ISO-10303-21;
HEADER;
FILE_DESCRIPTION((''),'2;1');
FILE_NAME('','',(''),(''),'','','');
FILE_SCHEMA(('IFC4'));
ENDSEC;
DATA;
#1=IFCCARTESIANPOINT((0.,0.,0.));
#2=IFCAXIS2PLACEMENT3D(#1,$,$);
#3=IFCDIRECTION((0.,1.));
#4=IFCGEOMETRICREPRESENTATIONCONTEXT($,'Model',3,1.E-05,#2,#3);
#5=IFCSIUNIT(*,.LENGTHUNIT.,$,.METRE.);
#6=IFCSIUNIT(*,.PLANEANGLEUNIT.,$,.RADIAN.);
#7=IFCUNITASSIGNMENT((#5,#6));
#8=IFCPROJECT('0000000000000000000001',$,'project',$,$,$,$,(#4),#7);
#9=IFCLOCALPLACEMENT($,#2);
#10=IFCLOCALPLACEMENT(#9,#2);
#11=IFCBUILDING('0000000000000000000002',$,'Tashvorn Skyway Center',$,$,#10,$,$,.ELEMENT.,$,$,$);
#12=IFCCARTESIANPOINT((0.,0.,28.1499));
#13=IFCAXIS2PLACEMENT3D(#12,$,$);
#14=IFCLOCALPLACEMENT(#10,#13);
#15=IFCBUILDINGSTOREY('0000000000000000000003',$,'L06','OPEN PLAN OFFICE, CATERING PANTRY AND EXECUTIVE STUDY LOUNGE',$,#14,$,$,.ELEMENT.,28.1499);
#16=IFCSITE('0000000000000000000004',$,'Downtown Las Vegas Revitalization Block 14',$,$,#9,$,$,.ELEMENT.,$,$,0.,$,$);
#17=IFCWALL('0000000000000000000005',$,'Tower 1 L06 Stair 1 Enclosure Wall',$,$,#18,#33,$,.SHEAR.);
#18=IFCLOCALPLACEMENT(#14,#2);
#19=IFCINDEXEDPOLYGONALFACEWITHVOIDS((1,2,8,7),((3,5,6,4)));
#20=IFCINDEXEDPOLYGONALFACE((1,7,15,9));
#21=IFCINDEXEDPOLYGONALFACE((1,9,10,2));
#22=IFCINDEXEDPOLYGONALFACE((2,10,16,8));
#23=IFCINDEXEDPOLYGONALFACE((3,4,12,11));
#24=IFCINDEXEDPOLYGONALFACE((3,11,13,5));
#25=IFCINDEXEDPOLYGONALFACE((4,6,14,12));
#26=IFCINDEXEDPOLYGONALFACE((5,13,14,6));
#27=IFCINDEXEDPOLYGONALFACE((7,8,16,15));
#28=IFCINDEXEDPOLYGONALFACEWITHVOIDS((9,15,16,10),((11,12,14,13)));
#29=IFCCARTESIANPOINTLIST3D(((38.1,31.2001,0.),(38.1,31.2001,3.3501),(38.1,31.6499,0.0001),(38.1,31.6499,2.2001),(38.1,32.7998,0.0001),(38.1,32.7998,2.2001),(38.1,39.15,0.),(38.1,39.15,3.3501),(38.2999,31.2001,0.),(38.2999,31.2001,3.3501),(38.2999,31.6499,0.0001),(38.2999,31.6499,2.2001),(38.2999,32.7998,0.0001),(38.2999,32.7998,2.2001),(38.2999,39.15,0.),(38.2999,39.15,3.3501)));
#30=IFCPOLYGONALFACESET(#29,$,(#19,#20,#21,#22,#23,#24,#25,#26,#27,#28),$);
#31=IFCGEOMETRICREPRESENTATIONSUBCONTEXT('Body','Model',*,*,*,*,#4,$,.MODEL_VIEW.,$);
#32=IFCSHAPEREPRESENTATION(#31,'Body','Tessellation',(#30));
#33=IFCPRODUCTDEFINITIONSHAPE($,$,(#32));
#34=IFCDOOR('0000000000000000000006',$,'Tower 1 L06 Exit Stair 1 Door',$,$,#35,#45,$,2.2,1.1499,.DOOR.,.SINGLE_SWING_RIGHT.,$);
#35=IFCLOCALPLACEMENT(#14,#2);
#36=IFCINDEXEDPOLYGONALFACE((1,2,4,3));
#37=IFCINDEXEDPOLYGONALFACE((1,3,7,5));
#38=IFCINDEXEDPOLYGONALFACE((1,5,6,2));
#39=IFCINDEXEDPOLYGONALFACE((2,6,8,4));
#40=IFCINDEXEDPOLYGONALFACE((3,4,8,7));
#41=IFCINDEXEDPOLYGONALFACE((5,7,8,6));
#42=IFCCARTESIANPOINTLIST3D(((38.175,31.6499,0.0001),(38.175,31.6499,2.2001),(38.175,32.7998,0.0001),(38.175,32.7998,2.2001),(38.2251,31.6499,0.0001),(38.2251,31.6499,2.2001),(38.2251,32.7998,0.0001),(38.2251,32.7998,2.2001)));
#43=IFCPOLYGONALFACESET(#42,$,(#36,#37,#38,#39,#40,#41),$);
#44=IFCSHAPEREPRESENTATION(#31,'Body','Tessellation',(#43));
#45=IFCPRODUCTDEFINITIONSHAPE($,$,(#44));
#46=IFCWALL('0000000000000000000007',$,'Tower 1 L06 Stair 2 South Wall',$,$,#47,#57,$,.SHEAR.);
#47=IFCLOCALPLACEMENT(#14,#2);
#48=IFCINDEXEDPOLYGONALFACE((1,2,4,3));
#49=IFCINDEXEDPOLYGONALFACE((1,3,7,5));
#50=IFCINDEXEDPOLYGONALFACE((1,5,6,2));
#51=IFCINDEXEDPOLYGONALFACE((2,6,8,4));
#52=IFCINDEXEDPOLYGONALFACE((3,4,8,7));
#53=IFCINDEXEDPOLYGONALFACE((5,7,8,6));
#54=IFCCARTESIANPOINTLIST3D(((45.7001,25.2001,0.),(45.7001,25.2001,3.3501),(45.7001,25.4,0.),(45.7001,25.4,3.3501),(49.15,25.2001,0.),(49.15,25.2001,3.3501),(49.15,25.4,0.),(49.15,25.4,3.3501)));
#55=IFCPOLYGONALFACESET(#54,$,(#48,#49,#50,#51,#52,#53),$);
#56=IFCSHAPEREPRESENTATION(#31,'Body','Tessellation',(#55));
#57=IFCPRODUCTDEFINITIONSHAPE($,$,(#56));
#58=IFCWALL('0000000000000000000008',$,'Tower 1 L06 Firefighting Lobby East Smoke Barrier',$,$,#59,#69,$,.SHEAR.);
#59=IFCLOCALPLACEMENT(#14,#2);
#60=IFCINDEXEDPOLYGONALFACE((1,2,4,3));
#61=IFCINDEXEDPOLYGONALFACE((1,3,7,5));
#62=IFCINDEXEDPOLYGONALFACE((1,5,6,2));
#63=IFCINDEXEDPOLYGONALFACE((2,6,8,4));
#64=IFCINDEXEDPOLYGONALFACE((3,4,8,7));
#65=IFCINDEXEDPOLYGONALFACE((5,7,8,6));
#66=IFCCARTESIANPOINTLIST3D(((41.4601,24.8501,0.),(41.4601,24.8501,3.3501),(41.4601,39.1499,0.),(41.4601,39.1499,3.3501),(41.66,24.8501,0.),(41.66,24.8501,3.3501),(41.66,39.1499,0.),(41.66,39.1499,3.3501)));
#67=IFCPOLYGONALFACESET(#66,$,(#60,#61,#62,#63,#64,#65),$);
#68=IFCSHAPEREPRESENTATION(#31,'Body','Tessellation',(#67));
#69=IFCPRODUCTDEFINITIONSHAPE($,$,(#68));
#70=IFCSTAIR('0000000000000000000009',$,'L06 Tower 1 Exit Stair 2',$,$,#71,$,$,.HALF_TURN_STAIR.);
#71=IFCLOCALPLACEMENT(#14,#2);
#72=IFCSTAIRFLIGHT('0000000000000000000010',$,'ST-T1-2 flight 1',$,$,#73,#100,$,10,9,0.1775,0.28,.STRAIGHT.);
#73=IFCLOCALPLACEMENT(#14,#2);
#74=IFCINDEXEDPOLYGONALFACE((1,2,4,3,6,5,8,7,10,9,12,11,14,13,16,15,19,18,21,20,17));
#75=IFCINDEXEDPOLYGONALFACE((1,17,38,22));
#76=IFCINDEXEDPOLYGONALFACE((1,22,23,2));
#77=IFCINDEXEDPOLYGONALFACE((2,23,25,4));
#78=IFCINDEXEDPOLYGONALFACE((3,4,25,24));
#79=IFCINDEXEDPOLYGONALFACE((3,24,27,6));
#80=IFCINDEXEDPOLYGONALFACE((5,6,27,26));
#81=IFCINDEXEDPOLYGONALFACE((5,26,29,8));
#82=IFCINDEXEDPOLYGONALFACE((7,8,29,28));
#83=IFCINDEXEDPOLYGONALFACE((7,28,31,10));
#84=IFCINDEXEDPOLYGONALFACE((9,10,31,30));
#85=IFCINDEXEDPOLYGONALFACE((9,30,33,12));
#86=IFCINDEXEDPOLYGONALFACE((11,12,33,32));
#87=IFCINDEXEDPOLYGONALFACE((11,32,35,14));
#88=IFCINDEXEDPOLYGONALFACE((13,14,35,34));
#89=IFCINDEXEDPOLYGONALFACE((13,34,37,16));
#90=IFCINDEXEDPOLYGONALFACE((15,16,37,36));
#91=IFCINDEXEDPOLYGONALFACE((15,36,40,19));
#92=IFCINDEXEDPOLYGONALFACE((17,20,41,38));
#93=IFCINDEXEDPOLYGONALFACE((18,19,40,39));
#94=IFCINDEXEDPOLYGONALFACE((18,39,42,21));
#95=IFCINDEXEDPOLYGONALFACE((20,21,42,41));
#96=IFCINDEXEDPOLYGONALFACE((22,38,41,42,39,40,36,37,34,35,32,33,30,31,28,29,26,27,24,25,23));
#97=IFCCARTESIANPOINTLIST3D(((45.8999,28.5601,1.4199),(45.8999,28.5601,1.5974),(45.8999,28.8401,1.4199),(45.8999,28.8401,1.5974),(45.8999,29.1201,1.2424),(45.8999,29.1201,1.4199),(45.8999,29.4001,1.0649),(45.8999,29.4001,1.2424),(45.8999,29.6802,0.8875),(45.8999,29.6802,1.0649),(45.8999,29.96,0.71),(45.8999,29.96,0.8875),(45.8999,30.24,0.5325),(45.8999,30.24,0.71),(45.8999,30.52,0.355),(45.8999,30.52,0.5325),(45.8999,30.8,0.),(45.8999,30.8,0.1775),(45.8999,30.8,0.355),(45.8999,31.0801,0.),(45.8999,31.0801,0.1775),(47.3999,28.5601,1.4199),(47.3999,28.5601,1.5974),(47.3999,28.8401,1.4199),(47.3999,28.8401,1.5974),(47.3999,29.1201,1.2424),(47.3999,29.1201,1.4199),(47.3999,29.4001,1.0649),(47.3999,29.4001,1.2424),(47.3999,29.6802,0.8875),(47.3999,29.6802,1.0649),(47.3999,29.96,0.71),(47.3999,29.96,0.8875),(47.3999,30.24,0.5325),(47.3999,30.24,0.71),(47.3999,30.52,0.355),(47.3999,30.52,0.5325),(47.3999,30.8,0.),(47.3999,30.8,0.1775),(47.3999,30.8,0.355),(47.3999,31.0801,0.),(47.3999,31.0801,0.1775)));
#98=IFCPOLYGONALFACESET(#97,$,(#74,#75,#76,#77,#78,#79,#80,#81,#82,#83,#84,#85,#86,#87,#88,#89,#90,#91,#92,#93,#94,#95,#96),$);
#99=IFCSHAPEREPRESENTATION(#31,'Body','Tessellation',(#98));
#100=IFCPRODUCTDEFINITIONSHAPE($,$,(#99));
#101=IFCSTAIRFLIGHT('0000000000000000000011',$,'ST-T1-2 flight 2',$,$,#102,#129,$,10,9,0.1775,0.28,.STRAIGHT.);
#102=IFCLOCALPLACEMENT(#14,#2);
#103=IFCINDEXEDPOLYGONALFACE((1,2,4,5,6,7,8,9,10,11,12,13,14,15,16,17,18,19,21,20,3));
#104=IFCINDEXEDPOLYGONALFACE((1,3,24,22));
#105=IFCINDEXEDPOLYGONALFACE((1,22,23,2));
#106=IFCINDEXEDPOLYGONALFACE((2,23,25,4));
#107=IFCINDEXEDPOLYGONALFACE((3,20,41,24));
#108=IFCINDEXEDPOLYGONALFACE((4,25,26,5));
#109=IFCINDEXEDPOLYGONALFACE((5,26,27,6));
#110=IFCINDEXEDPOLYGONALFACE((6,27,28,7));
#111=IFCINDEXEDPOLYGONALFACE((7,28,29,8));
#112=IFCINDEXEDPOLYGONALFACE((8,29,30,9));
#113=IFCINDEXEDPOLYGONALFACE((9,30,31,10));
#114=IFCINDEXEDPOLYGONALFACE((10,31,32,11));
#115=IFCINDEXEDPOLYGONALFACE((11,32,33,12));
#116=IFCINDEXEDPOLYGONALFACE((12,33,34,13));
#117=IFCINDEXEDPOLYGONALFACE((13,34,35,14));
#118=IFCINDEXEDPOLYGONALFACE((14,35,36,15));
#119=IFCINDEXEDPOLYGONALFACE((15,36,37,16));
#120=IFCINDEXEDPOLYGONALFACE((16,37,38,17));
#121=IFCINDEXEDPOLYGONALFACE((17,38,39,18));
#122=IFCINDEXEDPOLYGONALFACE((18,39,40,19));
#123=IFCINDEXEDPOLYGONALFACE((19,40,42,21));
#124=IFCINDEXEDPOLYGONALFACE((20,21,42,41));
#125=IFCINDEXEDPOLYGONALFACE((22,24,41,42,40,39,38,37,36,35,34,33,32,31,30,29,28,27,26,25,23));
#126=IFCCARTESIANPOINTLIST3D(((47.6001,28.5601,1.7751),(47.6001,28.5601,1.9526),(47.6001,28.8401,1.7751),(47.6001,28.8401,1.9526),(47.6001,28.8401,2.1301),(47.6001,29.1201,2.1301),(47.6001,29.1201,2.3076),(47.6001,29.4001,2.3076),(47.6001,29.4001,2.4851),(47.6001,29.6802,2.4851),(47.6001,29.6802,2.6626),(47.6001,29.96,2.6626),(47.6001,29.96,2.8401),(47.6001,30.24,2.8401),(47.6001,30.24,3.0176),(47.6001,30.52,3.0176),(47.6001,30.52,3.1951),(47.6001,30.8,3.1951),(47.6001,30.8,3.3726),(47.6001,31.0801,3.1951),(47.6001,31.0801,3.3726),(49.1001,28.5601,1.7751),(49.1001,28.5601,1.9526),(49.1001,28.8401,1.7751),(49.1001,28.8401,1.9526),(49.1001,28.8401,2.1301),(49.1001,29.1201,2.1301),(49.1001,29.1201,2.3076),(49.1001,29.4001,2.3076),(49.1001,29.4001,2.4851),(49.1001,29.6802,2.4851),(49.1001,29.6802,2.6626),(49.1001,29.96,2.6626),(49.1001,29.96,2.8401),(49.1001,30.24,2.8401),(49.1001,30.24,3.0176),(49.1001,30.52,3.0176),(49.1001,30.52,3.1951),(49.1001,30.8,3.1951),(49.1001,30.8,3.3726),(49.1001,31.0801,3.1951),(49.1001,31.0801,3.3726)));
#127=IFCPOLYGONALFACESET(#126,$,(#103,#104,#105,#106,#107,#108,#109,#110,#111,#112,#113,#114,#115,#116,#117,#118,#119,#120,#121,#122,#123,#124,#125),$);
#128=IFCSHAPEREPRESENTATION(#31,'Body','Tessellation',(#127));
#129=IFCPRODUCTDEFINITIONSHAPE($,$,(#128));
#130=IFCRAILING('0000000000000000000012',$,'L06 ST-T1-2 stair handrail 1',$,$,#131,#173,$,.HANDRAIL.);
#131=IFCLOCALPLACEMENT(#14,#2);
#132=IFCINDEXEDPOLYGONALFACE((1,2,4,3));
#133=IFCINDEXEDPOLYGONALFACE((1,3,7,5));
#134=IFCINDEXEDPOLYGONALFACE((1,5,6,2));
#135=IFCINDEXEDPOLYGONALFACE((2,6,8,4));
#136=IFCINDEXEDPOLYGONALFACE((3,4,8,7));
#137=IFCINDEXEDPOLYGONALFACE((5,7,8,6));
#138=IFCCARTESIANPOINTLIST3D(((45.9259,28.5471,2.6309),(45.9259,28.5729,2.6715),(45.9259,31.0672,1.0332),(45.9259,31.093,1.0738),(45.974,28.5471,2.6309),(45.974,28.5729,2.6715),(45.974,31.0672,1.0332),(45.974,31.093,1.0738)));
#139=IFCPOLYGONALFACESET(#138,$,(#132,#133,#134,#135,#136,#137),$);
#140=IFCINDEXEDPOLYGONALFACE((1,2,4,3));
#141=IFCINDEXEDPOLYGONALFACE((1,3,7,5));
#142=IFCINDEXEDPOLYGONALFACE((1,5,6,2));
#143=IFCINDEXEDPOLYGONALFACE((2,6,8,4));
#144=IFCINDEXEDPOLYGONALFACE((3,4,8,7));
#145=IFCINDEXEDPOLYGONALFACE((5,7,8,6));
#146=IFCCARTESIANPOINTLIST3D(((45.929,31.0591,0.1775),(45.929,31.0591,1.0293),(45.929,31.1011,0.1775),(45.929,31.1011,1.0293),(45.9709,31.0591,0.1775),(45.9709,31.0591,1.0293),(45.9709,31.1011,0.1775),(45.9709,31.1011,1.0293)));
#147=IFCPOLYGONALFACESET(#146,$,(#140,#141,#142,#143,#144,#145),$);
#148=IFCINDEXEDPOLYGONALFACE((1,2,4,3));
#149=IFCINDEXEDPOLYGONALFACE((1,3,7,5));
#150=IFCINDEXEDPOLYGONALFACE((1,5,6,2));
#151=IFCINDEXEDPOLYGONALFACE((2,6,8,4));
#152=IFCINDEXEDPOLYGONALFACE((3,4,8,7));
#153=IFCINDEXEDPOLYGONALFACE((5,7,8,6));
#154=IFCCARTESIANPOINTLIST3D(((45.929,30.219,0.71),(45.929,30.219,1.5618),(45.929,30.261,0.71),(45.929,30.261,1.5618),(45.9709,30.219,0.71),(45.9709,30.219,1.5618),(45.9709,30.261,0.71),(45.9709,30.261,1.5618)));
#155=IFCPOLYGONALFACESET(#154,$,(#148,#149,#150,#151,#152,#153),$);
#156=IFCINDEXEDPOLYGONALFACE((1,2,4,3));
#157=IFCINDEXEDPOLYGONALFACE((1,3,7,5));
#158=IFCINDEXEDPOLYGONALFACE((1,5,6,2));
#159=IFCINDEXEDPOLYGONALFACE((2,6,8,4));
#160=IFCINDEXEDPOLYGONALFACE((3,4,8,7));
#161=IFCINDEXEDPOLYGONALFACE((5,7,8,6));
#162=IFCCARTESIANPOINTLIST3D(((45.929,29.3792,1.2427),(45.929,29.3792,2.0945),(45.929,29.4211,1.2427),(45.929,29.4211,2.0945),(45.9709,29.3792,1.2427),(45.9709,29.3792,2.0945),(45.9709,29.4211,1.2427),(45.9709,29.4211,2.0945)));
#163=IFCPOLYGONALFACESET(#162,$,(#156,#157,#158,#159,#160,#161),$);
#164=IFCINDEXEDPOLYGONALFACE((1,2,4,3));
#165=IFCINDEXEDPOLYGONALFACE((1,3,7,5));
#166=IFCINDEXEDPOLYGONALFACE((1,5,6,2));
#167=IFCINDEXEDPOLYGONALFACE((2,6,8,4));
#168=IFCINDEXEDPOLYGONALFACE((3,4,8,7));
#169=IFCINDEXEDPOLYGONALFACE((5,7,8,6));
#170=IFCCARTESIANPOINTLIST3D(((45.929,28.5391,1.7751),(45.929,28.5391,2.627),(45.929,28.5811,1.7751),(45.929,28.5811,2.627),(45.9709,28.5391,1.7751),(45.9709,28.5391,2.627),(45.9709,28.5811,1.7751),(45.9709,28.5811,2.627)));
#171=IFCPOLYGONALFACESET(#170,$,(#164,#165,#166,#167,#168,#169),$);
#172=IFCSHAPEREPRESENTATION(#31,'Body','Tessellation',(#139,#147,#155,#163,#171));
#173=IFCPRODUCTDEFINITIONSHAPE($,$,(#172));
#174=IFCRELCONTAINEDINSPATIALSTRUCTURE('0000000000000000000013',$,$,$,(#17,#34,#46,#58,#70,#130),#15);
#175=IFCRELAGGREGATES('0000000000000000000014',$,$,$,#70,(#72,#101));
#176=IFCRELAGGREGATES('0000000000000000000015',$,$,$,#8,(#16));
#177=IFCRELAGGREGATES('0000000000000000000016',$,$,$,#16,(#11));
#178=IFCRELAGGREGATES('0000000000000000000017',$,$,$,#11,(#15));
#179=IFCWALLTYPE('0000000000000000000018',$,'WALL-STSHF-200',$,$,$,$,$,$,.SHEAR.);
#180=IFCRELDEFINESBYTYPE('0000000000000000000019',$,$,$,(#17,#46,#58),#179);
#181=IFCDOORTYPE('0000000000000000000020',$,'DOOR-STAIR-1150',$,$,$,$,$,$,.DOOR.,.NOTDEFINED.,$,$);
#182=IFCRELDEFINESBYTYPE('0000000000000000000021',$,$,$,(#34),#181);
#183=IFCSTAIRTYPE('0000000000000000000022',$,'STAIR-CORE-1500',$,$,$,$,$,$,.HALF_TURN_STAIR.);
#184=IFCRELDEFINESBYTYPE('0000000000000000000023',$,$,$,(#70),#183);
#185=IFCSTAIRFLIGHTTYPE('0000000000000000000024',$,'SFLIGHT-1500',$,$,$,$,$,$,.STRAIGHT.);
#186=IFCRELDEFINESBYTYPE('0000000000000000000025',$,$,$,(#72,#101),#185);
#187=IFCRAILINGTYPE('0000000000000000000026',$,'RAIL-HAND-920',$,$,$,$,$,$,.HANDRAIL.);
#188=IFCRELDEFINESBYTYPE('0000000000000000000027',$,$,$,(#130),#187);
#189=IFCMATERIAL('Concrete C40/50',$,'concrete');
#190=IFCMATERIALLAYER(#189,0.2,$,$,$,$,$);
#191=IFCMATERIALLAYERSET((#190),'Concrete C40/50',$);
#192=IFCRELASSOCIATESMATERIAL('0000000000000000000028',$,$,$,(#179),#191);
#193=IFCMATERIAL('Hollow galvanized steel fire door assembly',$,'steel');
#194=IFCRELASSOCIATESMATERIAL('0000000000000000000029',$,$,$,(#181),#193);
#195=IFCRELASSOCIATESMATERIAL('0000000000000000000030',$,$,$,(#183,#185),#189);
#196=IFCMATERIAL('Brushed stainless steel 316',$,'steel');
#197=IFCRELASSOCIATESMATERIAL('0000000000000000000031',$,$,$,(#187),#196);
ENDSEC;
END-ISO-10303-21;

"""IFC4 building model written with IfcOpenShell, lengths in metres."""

from ifc_helpers import new_model, si_unit, direction, frame, frame_2d, origin, origin_2d, place, context, subcontext, project, spatial, polyline, rectangle, outline, extrude, material, layer, layer_set, type_object, element, fill, aggregate, save


model = new_model("IFC4")

# Units and contexts
model_context = context("Model", 3, precision=1e-05, world=origin(), true_north=direction((0.0, 1.0)))
body_context = subcontext(model_context, "Body", "Model", "MODEL_VIEW")
ifc_project = project(units=[si_unit("LENGTHUNIT", "METRE"), si_unit("PLANEANGLEUNIT", "RADIAN")], contexts=[model_context])

# Site, building, storey
site_placement = place(None, origin())
site = spatial("IfcSite", under=ifc_project, at=site_placement, Name="Downtown Las Vegas Revitalization Block 14", CompositionType="ELEMENT", RefElevation=0.0)
building_placement = place(site_placement, origin())
building = spatial("IfcBuilding", under=site, at=building_placement, Name="Tashvorn Skyway Center", CompositionType="ELEMENT")
storey_placement = place(building_placement, frame((0.0, 0.0, 28.1499)))
storey = spatial("IfcBuildingStorey", under=building, at=storey_placement, Name="L06", Description="OPEN PLAN OFFICE, CATERING PANTRY AND EXECUTIVE STUDY LOUNGE", CompositionType="ELEMENT", Elevation=28.1499)

# Shared definitions
ifc_material_1 = material(Name="Concrete C40/50", Category="concrete")
ifc_material_2 = material(Name="Hollow galvanized steel fire door assembly", Category="steel")

# Wall, opening, door
ifc_layer_1 = layer(ifc_material_1, 0.2)
ifc_layer_set_1 = layer_set([ifc_layer_1], Name="Concrete C40/50")
wall_type_1 = type_object("IfcWallType", Name="WALL-STSHF-200", PredefinedType="SHEAR", material=ifc_layer_set_1)
wall_1_placement = place(storey_placement, frame((38.2, 31.2, 0.0), z_axis=(0.0, 0.0, 1.0), x_axis=(0.0, 1.0, 0.0)))
wall_1 = element("IfcWall", 1, at=wall_1_placement, inside=storey, type_object=wall_type_1, Name="Tower 1 L06 Stair 1 Enclosure Wall", PredefinedType="SHEAR", context=body_context, shape_type="SweptSolid", body=[
    extrude(rectangle(XDim=7.95, YDim=0.2, at=frame_2d((3.9751, 0.0))), origin(), (0.0, 0.0, 1.0), 3.3501),
])
opening_1_placement = place(wall_1_placement, frame((0.45, 0.0, 0.0)))
opening_1 = element("IfcOpeningElement", 2, at=opening_1_placement, cuts=wall_1, PredefinedType="OPENING", context=body_context, shape_type="SweptSolid", body=[
    extrude(rectangle(XDim=1.1499, YDim=2.2, at=frame_2d((0.575, 1.1001))), frame((0.0, 0.1099, 0.0), z_axis=(0.0, -1.0, 0.0), x_axis=(1.0, 0.0, 0.0)), (0.0, 0.0, 1.0), 0.22),
])
door_type_1 = type_object("IfcDoorType", Name="DOOR-STAIR-1150", OperationType="NOTDEFINED", PredefinedType="DOOR", material=ifc_material_2)
door_1_placement = place(opening_1_placement, origin())
door_1 = element("IfcDoor", 3, at=door_1_placement, inside=storey, type_object=door_type_1, Name="Tower 1 L06 Exit Stair 1 Door", OperationType="SINGLE_SWING_RIGHT", OverallHeight=2.2, OverallWidth=1.1499, PredefinedType="DOOR", context=body_context, shape_type="SweptSolid", body=[
    extrude(rectangle(XDim=1.1499, YDim=2.2, at=frame_2d((0.575, 1.1001))), frame((0.0, 0.0249, 0.0), z_axis=(0.0, -1.0, 0.0), x_axis=(1.0, 0.0, 0.0)), (0.0, 0.0, 1.0), 0.05),
])
fill(opening_1, door_1)

# Walls
wall_2_placement = place(storey_placement, frame((45.7, 25.3, 0.0), z_axis=(0.0, 0.0, 1.0), x_axis=(1.0, 0.0, 0.0)))
element("IfcWall", 4, at=wall_2_placement, inside=storey, type_object=wall_type_1, Name="Tower 1 L06 Stair 2 South Wall", PredefinedType="SHEAR", context=body_context, shape_type="SweptSolid", body=[
    extrude(rectangle(XDim=3.45, YDim=0.2, at=frame_2d((1.7251, 0.0))), origin(), (0.0, 0.0, 1.0), 3.3501),
])
wall_3_placement = place(storey_placement, frame((41.5601, 24.8501, 0.0), z_axis=(0.0, 0.0, 1.0), x_axis=(0.0, 1.0, 0.0)))
element("IfcWall", 5, at=wall_3_placement, inside=storey, type_object=wall_type_1, Name="Tower 1 L06 Firefighting Lobby East Smoke Barrier", PredefinedType="SHEAR", context=body_context, shape_type="SweptSolid", body=[
    extrude(rectangle(XDim=14.2998, YDim=0.2, at=frame_2d((7.1499, 0.0))), origin(), (0.0, 0.0, 1.0), 3.3501),
])

# Stair, stair flights
stair_type = type_object("IfcStairType", Name="STAIR-CORE-1500", PredefinedType="HALF_TURN_STAIR", material=ifc_material_1)
stair_placement = place(storey_placement, origin())
stair = element("IfcStair", 6, at=stair_placement, inside=storey, type_object=stair_type, Name="L06 Tower 1 Exit Stair 2", PredefinedType="HALF_TURN_STAIR")
stair_flight_type = type_object("IfcStairFlightType", Name="SFLIGHT-1500", PredefinedType="STRAIGHT", material=ifc_material_1)
stair_flight_1_placement = place(storey_placement, frame((46.6499, 31.0801, 0.0), z_axis=(0.0, 0.0, 1.0), x_axis=(0.0, -1.0, 0.0)))
stair_flight_1 = element("IfcStairFlight", 7, at=stair_flight_1_placement, type_object=stair_flight_type, Name="ST-T1-2 flight 1", NumberOfRisers=10, NumberOfTreads=9, PredefinedType="STRAIGHT", RiserHeight=0.1775, TreadLength=0.28, context=body_context, shape_type="SweptSolid", body=[
    extrude(outline(polyline([(0.0, 0.0), (0.0, 0.1775), (0.28, 0.1775), (0.28, 0.355), (0.5601, 0.355), (0.5601, 0.5325), (0.8401, 0.5325), (0.8401, 0.71), (1.1201, 0.71), (1.1201, 0.8875), (1.3999, 0.8875), (1.3999, 1.0649), (1.6799, 1.0649), (1.6799, 1.2424), (1.96, 1.2424), (1.96, 1.4199), (2.24, 1.4199), (2.24, 1.5974), (2.52, 1.5974), (2.52, 1.7749), (2.52, 1.4199), (0.28, 0.0), (0.0, 0.0)])), frame((0.0, 0.75, 0.0), z_axis=(0.0, -1.0, 0.0), x_axis=(1.0, 0.0, 0.0)), (0.0, 0.0, 1.0), 1.5),
])
stair_flight_2_placement = place(storey_placement, frame((48.3501, 28.5601, 1.7751), z_axis=(0.0, 0.0, 1.0), x_axis=(0.0, 1.0, 0.0)))
stair_flight_2 = element("IfcStairFlight", 8, at=stair_flight_2_placement, type_object=stair_flight_type, Name="ST-T1-2 flight 2", NumberOfRisers=10, NumberOfTreads=9, PredefinedType="STRAIGHT", RiserHeight=0.1775, TreadLength=0.28, context=body_context, shape_type="SweptSolid", body=[
    extrude(outline(polyline([(0.0, 0.0), (0.0, 0.1775), (0.28, 0.1775), (0.28, 0.355), (0.5601, 0.355), (0.5601, 0.5325), (0.8401, 0.5325), (0.8401, 0.71), (1.1201, 0.71), (1.1201, 0.8875), (1.3999, 0.8875), (1.3999, 1.0649), (1.6799, 1.0649), (1.6799, 1.2424), (1.96, 1.2424), (1.96, 1.4199), (2.24, 1.4199), (2.24, 1.5974), (2.52, 1.5974), (2.52, 1.7749), (2.52, 1.4199), (0.28, 0.0), (0.0, 0.0)])), frame((0.0, 0.75, 0.0), z_axis=(0.0, -1.0, 0.0), x_axis=(1.0, 0.0, 0.0)), (0.0, 0.0, 1.0), 1.5),
])
aggregate(stair, [stair_flight_1, stair_flight_2])

# Railing
ifc_material_3 = material(Name="Brushed stainless steel 316", Category="steel")
railing_type_1 = type_object("IfcRailingType", Name="RAIL-HAND-920", PredefinedType="HANDRAIL", material=ifc_material_3)
railing_1_placement = place(storey_placement, frame((45.95, 31.0801, 0.1775)))
element("IfcRailing", 9, at=railing_1_placement, inside=storey, type_object=railing_type_1, Name="L06 ST-T1-2 stair handrail 1", PredefinedType="HANDRAIL", context=body_context, shape_type="SweptSolid", body=[
    extrude(rectangle(XDim=0.0481, YDim=0.0481, at=origin_2d()), frame((0.0, 0.0, 0.876), z_axis=(0.0, -0.84457, 0.535445), x_axis=(1.0, 0.0, 0.0)), (0.0, 0.0, 1.0), 2.9839),
    extrude(rectangle(XDim=0.042, YDim=0.042, at=origin_2d()), origin(), (0.0, 0.0, 1.0), 0.8518),
    extrude(rectangle(XDim=0.042, YDim=0.042, at=origin_2d()), frame((0.0, -0.8401, 0.5325)), (0.0, 0.0, 1.0), 0.8518),
    extrude(rectangle(XDim=0.042, YDim=0.042, at=origin_2d()), frame((0.0, -1.6799, 1.0652)), (0.0, 0.0, 1.0), 0.8518),
    extrude(rectangle(XDim=0.042, YDim=0.042, at=origin_2d()), frame((0.0, -2.52, 1.5977)), (0.0, 0.0, 1.0), 0.8518),
])

save(model, "model.ifc")
